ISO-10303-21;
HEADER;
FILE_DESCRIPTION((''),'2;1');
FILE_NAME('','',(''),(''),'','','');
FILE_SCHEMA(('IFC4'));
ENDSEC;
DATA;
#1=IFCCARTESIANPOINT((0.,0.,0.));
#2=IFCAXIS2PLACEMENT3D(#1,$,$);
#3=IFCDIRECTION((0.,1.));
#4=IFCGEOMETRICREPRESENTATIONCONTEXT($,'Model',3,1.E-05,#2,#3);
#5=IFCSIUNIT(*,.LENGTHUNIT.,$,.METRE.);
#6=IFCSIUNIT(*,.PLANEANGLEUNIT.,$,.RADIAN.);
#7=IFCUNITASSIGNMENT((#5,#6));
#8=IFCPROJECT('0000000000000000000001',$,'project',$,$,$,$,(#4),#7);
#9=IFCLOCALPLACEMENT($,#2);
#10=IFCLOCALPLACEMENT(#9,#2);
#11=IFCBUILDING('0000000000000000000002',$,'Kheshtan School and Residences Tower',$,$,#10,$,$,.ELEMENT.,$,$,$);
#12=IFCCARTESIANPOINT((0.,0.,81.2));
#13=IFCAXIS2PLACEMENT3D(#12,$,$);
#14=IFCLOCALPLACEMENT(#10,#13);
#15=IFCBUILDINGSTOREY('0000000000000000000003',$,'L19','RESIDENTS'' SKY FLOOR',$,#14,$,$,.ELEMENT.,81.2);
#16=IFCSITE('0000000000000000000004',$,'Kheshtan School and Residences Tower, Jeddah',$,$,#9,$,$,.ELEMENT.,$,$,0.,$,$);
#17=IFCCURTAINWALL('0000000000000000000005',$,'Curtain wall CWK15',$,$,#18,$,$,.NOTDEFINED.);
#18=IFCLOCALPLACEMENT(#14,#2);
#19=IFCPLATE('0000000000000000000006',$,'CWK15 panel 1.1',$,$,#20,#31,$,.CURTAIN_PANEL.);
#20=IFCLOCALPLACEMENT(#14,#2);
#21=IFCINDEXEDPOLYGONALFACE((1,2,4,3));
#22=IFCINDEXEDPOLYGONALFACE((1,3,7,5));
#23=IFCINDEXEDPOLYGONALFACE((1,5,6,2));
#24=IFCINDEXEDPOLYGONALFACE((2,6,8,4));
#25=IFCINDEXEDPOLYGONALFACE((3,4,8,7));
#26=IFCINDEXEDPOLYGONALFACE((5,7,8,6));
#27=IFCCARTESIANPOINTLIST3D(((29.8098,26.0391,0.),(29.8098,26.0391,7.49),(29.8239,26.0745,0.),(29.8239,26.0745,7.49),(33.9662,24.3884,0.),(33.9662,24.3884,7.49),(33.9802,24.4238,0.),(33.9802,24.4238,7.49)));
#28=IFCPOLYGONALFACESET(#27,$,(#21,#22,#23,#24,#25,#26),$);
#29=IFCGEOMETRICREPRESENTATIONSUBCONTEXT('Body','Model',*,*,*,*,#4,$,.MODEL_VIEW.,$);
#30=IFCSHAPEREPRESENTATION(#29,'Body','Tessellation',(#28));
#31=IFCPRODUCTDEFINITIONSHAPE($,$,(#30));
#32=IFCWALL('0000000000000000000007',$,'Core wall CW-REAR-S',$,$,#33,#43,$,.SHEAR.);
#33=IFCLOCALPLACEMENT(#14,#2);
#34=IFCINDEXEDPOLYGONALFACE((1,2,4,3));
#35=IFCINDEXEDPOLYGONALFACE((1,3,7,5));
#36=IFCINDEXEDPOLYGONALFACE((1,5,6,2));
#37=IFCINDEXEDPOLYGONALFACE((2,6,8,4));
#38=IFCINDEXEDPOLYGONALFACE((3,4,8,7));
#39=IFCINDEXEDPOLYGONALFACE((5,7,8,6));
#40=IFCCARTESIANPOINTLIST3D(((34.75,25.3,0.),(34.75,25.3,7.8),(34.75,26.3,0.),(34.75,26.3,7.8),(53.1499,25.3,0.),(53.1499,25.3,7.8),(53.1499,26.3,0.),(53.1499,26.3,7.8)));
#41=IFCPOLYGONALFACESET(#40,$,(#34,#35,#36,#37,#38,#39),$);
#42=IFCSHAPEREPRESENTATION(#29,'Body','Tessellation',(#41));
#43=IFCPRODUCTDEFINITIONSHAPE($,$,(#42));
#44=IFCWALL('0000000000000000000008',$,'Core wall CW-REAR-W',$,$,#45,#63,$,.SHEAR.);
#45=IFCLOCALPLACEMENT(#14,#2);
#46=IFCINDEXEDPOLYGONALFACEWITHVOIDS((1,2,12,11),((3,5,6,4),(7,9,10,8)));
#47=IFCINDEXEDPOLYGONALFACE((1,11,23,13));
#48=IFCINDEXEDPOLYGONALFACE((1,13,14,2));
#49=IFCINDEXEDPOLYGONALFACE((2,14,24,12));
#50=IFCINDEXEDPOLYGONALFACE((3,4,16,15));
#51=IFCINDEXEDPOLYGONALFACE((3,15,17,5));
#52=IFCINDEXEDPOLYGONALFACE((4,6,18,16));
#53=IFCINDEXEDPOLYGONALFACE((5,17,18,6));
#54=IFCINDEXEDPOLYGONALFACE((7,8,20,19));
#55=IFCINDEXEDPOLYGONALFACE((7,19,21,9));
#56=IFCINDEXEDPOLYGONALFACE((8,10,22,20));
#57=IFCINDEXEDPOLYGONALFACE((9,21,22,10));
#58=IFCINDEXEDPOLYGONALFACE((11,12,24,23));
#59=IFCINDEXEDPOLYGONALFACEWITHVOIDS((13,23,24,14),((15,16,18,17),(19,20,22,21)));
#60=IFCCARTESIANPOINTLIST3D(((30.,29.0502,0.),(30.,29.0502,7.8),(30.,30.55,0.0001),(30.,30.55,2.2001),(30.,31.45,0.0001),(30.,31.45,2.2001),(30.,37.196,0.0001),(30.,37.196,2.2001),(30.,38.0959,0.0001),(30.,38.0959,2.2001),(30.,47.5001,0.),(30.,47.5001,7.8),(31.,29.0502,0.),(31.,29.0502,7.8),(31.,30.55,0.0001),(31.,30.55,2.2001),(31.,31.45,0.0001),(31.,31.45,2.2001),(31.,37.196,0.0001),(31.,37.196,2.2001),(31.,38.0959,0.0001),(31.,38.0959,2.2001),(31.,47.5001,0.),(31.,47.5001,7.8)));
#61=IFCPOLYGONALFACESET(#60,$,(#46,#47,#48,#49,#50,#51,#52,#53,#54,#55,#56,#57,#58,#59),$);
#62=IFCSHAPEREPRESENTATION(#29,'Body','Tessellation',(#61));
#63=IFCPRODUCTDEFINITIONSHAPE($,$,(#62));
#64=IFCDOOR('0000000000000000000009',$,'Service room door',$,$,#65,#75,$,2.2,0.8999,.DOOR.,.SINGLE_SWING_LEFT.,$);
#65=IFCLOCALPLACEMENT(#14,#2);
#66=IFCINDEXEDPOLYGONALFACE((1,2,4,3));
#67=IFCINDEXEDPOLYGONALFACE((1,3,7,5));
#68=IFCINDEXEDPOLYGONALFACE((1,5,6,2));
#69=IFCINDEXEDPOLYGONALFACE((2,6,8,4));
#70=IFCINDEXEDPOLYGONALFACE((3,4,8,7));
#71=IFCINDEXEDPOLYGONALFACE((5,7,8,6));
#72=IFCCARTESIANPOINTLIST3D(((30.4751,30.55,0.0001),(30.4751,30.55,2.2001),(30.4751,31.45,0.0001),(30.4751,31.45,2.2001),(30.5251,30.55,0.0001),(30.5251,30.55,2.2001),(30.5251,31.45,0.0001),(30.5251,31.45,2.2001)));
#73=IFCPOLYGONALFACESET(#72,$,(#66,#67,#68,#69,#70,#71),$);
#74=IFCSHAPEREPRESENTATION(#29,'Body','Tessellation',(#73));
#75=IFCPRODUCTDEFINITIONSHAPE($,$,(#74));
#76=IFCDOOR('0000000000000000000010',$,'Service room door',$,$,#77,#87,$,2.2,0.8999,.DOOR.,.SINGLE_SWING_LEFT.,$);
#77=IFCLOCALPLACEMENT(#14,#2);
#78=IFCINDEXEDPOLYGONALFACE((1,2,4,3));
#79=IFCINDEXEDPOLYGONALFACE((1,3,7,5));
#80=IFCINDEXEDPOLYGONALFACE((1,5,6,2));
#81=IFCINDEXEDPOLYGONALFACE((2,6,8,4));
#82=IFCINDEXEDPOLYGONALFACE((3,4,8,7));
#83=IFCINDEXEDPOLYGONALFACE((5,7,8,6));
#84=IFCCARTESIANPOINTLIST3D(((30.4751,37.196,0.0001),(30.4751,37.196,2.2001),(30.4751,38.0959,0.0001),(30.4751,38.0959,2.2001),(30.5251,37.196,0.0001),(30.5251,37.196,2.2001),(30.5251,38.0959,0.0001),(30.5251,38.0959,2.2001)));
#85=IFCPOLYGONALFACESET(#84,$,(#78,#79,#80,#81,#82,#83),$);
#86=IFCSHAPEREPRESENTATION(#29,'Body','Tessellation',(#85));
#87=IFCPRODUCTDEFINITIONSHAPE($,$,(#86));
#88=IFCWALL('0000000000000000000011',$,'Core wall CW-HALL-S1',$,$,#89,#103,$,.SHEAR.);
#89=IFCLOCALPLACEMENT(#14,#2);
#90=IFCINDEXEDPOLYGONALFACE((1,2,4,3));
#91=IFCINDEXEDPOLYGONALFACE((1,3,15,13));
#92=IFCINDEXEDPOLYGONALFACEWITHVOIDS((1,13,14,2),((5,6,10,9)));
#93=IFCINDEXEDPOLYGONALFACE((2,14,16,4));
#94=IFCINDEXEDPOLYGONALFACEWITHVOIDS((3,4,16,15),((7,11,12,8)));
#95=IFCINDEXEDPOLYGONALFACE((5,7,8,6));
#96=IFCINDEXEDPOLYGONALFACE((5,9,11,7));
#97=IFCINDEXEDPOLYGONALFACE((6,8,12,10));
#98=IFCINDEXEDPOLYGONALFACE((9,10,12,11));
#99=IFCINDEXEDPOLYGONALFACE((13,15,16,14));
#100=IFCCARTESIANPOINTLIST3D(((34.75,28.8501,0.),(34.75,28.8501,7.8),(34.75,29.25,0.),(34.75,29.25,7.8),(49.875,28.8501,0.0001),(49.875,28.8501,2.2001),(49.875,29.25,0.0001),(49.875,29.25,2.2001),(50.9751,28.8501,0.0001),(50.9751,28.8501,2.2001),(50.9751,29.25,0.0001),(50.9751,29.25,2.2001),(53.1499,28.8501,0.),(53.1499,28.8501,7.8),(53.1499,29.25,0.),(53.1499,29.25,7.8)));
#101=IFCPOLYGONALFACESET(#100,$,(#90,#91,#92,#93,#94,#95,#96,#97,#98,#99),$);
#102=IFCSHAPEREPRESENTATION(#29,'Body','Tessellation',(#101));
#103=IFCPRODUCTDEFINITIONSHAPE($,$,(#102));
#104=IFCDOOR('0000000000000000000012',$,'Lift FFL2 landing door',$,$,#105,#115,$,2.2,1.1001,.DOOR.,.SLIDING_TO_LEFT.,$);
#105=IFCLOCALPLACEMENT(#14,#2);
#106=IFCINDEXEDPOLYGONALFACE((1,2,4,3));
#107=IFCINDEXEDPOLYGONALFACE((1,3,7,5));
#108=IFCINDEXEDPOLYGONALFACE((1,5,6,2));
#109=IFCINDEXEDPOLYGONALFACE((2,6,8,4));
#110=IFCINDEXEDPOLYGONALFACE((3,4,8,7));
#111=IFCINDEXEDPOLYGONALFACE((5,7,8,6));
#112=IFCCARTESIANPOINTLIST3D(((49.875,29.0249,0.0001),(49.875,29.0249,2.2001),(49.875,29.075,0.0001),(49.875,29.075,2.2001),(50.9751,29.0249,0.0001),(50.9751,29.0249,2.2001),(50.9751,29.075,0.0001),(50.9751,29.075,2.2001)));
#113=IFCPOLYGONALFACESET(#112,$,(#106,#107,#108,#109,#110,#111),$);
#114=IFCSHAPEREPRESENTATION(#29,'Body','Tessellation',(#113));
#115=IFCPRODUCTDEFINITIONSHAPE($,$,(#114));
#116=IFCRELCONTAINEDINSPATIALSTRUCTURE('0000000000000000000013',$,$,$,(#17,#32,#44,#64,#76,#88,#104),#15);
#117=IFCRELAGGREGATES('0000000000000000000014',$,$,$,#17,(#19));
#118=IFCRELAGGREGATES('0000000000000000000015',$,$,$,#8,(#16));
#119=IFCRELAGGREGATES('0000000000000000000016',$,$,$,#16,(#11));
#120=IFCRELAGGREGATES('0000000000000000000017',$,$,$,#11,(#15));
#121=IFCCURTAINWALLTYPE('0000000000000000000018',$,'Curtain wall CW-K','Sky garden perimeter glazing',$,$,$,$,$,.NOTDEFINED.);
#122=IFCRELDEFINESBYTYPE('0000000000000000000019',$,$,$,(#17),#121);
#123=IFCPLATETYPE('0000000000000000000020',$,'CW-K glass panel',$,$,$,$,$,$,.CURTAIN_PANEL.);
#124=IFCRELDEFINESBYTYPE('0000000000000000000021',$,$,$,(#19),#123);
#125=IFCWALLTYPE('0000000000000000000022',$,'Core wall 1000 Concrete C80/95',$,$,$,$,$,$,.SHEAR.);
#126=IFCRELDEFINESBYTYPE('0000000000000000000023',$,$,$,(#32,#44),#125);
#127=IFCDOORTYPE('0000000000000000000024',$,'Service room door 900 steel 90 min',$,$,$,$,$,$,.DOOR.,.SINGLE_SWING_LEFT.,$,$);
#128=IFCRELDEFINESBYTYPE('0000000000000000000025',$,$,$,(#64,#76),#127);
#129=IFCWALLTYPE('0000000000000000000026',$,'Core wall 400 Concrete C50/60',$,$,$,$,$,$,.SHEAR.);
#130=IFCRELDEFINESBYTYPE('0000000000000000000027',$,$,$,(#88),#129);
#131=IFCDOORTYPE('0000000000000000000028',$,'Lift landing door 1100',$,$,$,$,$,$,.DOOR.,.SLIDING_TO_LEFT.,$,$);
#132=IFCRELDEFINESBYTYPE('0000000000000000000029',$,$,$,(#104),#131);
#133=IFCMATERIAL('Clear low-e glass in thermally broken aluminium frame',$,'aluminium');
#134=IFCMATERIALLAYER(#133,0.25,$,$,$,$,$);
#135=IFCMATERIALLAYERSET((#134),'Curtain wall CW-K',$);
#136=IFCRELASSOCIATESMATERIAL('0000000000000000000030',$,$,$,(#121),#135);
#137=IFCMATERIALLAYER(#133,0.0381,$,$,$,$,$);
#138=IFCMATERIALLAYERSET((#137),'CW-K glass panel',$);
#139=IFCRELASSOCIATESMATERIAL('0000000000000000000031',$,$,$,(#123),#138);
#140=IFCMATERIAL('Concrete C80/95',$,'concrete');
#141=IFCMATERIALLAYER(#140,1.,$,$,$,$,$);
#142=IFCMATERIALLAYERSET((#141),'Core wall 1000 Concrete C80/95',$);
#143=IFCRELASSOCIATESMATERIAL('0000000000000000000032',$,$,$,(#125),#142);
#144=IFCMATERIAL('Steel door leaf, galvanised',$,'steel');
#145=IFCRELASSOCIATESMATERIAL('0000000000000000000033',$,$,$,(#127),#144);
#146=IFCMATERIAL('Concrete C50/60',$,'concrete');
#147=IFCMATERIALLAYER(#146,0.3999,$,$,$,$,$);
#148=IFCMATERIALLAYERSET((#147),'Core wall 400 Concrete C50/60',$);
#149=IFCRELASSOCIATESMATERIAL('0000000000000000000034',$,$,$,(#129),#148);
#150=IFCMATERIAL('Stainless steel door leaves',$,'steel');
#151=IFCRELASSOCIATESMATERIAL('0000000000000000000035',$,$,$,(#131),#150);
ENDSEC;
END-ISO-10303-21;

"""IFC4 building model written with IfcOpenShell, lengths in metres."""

from ifc_helpers import new_model, si_unit, direction, frame, frame_2d, origin, origin_2d, place, context, subcontext, project, spatial, rectangle, extrude, source, transform, mapped, material, layer, layer_set, type_object, element, fill, aggregate, save


model = new_model("IFC4")

# Units and contexts
model_context = context("Model", 3, precision=1e-05, world=origin(), true_north=direction((0.0, 1.0)))
body_context = subcontext(model_context, "Body", "Model", "MODEL_VIEW")
ifc_project = project(units=[si_unit("LENGTHUNIT", "METRE"), si_unit("PLANEANGLEUNIT", "RADIAN")], contexts=[model_context])

# Site, building, storey
site_placement = place(None, origin())
site = spatial("IfcSite", under=ifc_project, at=site_placement, Name="Kheshtan School and Residences Tower, Jeddah", CompositionType="ELEMENT", RefElevation=0.0)
building_placement = place(site_placement, origin())
building = spatial("IfcBuilding", under=site, at=building_placement, Name="Kheshtan School and Residences Tower", CompositionType="ELEMENT")
storey_placement = place(building_placement, frame((0.0, 0.0, 81.2)))
storey = spatial("IfcBuildingStorey", under=building, at=storey_placement, Name="L19", Description="RESIDENTS' SKY FLOOR", CompositionType="ELEMENT", Elevation=81.2)

# Shared definitions
ifc_material_1 = material(Name="Clear low-e glass in thermally broken aluminium frame", Category="aluminium")
ifc_layer_1 = layer(ifc_material_1, 0.25)
ifc_layer_set_1 = layer_set([ifc_layer_1], Name="Curtain wall CW-K")
curtain_wall_type = type_object("IfcCurtainWallType", Name="Curtain wall CW-K", Description="Sky garden perimeter glazing", PredefinedType="NOTDEFINED", material=ifc_layer_set_1)

# Curtain wall
curtain_wall_1_placement = place(storey_placement, origin())
curtain_wall_1 = element("IfcCurtainWall", 1, at=curtain_wall_1_placement, inside=storey, type_object=curtain_wall_type, Name="Curtain wall CWK15", PredefinedType="NOTDEFINED")

# Plate
ifc_layer_2 = layer(ifc_material_1, 0.0381)
ifc_layer_set_2 = layer_set([ifc_layer_2], Name="CW-K glass panel")
plate_type = type_object("IfcPlateType", Name="CW-K glass panel", PredefinedType="CURTAIN_PANEL", material=ifc_layer_set_2)
plate_placement = place(storey_placement, frame((31.895, 25.2314, 0.0), z_axis=(0.0, 0.0, 1.0), x_axis=(-0.92939, 0.369099, 0.0)))
plate = element("IfcPlate", 2, at=plate_placement, type_object=plate_type, Name="CWK15 panel 1.1", PredefinedType="CURTAIN_PANEL", context=body_context, shape_type="SweptSolid", body=[
    extrude(rectangle(XDim=4.4722, YDim=0.0381, at=origin_2d()), origin(), (0.0, 0.0, 1.0), 7.49),
])
aggregate(curtain_wall_1, [plate])

# Wall
ifc_material_2 = material(Name="Concrete C80/95", Category="concrete")
ifc_layer_3 = layer(ifc_material_2, 1.0)
ifc_layer_set_3 = layer_set([ifc_layer_3], Name="Core wall 1000 Concrete C80/95")
wall_type_1 = type_object("IfcWallType", Name="Core wall 1000 Concrete C80/95", PredefinedType="SHEAR", material=ifc_layer_set_3)
wall_1_placement = place(storey_placement, frame((34.75, 25.8, 0.0), z_axis=(0.0, 0.0, 1.0), x_axis=(1.0, 0.0, 0.0)))
element("IfcWall", 3, at=wall_1_placement, inside=storey, type_object=wall_type_1, Name="Core wall CW-REAR-S", PredefinedType="SHEAR", context=body_context, shape_type="SweptSolid", body=[
    extrude(rectangle(XDim=18.3999, YDim=1.0, at=frame_2d((9.2, 0.0))), origin(), (0.0, 0.0, 1.0), 7.8),
])

# Wall, openings, doors
wall_2_placement = place(storey_placement, frame((30.5, 29.05, 0.0), z_axis=(0.0, 0.0, 1.0), x_axis=(0.0, 1.0, 0.0)))
wall_2 = element("IfcWall", 4, at=wall_2_placement, inside=storey, type_object=wall_type_1, Name="Core wall CW-REAR-W", PredefinedType="SHEAR", context=body_context, shape_type="SweptSolid", body=[
    extrude(rectangle(XDim=18.45, YDim=1.0, at=frame_2d((9.2251, 0.0))), origin(), (0.0, 0.0, 1.0), 7.8),
])
opening_1_placement = place(wall_2_placement, frame((1.5, 0.0, 0.0)))
opening_1 = element("IfcOpeningElement", 5, at=opening_1_placement, cuts=wall_2, PredefinedType="OPENING", context=body_context, shape_type="SweptSolid", body=[
    extrude(rectangle(XDim=0.8999, YDim=2.2, at=frame_2d((0.45, 1.1001))), frame((0.0, 0.51, 0.0), z_axis=(0.0, -1.0, 0.0), x_axis=(1.0, 0.0, 0.0)), (0.0, 0.0, 1.0), 1.02),
])
opening_2_placement = place(wall_2_placement, frame((8.146, 0.0, 0.0)))
opening_2 = element("IfcOpeningElement", 6, at=opening_2_placement, cuts=wall_2, PredefinedType="OPENING", context=body_context, shape_type="SweptSolid", body=[
    extrude(rectangle(XDim=0.8999, YDim=2.2, at=frame_2d((0.45, 1.1001))), frame((0.0, 0.51, 0.0), z_axis=(0.0, -1.0, 0.0), x_axis=(1.0, 0.0, 0.0)), (0.0, 0.0, 1.0), 1.02),
])
ifc_material_3 = material(Name="Steel door leaf, galvanised", Category="steel")
door_type_1 = type_object("IfcDoorType", Name="Service room door 900 steel 90 min", OperationType="SINGLE_SWING_LEFT", PredefinedType="DOOR", material=ifc_material_3)
shared_shape_1 = source(origin(), body_context, "Body", "SweptSolid", [
    extrude(rectangle(XDim=0.8999, YDim=2.2, at=frame_2d((0.45, 1.1001))), frame((0.0, 0.0249, 0.0), z_axis=(0.0, -1.0, 0.0), x_axis=(1.0, 0.0, 0.0)), (0.0, 0.0, 1.0), 0.05),
])
door_1_placement = place(opening_1_placement, origin())
door_1 = element("IfcDoor", 7, at=door_1_placement, inside=storey, type_object=door_type_1, Name="Service room door", OperationType="SINGLE_SWING_LEFT", OverallHeight=2.2, OverallWidth=0.8999, PredefinedType="DOOR", context=body_context, shape_type="MappedRepresentation", body=[
    mapped(shared_shape_1, transform((0.0, 0.0, 0.0), x_axis=(1.0, 0.0, 0.0), y_axis=(0.0, 1.0, 0.0), z_axis=(0.0, 0.0, 1.0), scale=1.0)),
])
fill(opening_1, door_1)
door_2_placement = place(opening_2_placement, origin())
door_2 = element("IfcDoor", 8, at=door_2_placement, inside=storey, type_object=door_type_1, Name="Service room door", OperationType="SINGLE_SWING_LEFT", OverallHeight=2.2, OverallWidth=0.8999, PredefinedType="DOOR", context=body_context, shape_type="MappedRepresentation", body=[
    mapped(shared_shape_1, transform((0.0, 0.0, 0.0), x_axis=(1.0, 0.0, 0.0), y_axis=(0.0, 1.0, 0.0), z_axis=(0.0, 0.0, 1.0), scale=1.0)),
])
fill(opening_2, door_2)

# Wall, opening, door
ifc_material_4 = material(Name="Concrete C50/60", Category="concrete")
ifc_layer_4 = layer(ifc_material_4, 0.3999)
ifc_layer_set_4 = layer_set([ifc_layer_4], Name="Core wall 400 Concrete C50/60")
wall_type_2 = type_object("IfcWallType", Name="Core wall 400 Concrete C50/60", PredefinedType="SHEAR", material=ifc_layer_set_4)
wall_3_placement = place(storey_placement, frame((34.75, 29.05, 0.0), z_axis=(0.0, 0.0, 1.0), x_axis=(1.0, 0.0, 0.0)))
wall_3 = element("IfcWall", 9, at=wall_3_placement, inside=storey, type_object=wall_type_2, Name="Core wall CW-HALL-S1", PredefinedType="SHEAR", context=body_context, shape_type="SweptSolid", body=[
    extrude(rectangle(XDim=18.3999, YDim=0.3999, at=frame_2d((9.2, 0.0))), origin(), (0.0, 0.0, 1.0), 7.8),
])
opening_3_placement = place(wall_3_placement, frame((15.125, 0.0, 0.0)))
opening_3 = element("IfcOpeningElement", 10, at=opening_3_placement, cuts=wall_3, PredefinedType="OPENING", context=body_context, shape_type="SweptSolid", body=[
    extrude(rectangle(XDim=1.1001, YDim=2.2, at=frame_2d((0.55, 1.1001))), frame((0.0, 0.21, 0.0), z_axis=(0.0, -1.0, 0.0), x_axis=(1.0, 0.0, 0.0)), (0.0, 0.0, 1.0), 0.4199),
])
ifc_material_5 = material(Name="Stainless steel door leaves", Category="steel")
door_type_2 = type_object("IfcDoorType", Name="Lift landing door 1100", OperationType="SLIDING_TO_LEFT", PredefinedType="DOOR", material=ifc_material_5)
shared_shape_2 = source(origin(), body_context, "Body", "SweptSolid", [
    extrude(rectangle(XDim=1.1001, YDim=2.2, at=frame_2d((0.55, 1.1001))), frame((0.0, 0.0249, 0.0), z_axis=(0.0, -1.0, 0.0), x_axis=(1.0, 0.0, 0.0)), (0.0, 0.0, 1.0), 0.05),
])
door_3_placement = place(opening_3_placement, origin())
door_3 = element("IfcDoor", 11, at=door_3_placement, inside=storey, type_object=door_type_2, Name="Lift FFL2 landing door", OperationType="SLIDING_TO_LEFT", OverallHeight=2.2, OverallWidth=1.1001, PredefinedType="DOOR", context=body_context, shape_type="MappedRepresentation", body=[
    mapped(shared_shape_2, transform((0.0, 0.0, 0.0), x_axis=(1.0, 0.0, 0.0), y_axis=(0.0, 1.0, 0.0), z_axis=(0.0, 0.0, 1.0), scale=1.0)),
])
fill(opening_3, door_3)

save(model, "model.ifc")
